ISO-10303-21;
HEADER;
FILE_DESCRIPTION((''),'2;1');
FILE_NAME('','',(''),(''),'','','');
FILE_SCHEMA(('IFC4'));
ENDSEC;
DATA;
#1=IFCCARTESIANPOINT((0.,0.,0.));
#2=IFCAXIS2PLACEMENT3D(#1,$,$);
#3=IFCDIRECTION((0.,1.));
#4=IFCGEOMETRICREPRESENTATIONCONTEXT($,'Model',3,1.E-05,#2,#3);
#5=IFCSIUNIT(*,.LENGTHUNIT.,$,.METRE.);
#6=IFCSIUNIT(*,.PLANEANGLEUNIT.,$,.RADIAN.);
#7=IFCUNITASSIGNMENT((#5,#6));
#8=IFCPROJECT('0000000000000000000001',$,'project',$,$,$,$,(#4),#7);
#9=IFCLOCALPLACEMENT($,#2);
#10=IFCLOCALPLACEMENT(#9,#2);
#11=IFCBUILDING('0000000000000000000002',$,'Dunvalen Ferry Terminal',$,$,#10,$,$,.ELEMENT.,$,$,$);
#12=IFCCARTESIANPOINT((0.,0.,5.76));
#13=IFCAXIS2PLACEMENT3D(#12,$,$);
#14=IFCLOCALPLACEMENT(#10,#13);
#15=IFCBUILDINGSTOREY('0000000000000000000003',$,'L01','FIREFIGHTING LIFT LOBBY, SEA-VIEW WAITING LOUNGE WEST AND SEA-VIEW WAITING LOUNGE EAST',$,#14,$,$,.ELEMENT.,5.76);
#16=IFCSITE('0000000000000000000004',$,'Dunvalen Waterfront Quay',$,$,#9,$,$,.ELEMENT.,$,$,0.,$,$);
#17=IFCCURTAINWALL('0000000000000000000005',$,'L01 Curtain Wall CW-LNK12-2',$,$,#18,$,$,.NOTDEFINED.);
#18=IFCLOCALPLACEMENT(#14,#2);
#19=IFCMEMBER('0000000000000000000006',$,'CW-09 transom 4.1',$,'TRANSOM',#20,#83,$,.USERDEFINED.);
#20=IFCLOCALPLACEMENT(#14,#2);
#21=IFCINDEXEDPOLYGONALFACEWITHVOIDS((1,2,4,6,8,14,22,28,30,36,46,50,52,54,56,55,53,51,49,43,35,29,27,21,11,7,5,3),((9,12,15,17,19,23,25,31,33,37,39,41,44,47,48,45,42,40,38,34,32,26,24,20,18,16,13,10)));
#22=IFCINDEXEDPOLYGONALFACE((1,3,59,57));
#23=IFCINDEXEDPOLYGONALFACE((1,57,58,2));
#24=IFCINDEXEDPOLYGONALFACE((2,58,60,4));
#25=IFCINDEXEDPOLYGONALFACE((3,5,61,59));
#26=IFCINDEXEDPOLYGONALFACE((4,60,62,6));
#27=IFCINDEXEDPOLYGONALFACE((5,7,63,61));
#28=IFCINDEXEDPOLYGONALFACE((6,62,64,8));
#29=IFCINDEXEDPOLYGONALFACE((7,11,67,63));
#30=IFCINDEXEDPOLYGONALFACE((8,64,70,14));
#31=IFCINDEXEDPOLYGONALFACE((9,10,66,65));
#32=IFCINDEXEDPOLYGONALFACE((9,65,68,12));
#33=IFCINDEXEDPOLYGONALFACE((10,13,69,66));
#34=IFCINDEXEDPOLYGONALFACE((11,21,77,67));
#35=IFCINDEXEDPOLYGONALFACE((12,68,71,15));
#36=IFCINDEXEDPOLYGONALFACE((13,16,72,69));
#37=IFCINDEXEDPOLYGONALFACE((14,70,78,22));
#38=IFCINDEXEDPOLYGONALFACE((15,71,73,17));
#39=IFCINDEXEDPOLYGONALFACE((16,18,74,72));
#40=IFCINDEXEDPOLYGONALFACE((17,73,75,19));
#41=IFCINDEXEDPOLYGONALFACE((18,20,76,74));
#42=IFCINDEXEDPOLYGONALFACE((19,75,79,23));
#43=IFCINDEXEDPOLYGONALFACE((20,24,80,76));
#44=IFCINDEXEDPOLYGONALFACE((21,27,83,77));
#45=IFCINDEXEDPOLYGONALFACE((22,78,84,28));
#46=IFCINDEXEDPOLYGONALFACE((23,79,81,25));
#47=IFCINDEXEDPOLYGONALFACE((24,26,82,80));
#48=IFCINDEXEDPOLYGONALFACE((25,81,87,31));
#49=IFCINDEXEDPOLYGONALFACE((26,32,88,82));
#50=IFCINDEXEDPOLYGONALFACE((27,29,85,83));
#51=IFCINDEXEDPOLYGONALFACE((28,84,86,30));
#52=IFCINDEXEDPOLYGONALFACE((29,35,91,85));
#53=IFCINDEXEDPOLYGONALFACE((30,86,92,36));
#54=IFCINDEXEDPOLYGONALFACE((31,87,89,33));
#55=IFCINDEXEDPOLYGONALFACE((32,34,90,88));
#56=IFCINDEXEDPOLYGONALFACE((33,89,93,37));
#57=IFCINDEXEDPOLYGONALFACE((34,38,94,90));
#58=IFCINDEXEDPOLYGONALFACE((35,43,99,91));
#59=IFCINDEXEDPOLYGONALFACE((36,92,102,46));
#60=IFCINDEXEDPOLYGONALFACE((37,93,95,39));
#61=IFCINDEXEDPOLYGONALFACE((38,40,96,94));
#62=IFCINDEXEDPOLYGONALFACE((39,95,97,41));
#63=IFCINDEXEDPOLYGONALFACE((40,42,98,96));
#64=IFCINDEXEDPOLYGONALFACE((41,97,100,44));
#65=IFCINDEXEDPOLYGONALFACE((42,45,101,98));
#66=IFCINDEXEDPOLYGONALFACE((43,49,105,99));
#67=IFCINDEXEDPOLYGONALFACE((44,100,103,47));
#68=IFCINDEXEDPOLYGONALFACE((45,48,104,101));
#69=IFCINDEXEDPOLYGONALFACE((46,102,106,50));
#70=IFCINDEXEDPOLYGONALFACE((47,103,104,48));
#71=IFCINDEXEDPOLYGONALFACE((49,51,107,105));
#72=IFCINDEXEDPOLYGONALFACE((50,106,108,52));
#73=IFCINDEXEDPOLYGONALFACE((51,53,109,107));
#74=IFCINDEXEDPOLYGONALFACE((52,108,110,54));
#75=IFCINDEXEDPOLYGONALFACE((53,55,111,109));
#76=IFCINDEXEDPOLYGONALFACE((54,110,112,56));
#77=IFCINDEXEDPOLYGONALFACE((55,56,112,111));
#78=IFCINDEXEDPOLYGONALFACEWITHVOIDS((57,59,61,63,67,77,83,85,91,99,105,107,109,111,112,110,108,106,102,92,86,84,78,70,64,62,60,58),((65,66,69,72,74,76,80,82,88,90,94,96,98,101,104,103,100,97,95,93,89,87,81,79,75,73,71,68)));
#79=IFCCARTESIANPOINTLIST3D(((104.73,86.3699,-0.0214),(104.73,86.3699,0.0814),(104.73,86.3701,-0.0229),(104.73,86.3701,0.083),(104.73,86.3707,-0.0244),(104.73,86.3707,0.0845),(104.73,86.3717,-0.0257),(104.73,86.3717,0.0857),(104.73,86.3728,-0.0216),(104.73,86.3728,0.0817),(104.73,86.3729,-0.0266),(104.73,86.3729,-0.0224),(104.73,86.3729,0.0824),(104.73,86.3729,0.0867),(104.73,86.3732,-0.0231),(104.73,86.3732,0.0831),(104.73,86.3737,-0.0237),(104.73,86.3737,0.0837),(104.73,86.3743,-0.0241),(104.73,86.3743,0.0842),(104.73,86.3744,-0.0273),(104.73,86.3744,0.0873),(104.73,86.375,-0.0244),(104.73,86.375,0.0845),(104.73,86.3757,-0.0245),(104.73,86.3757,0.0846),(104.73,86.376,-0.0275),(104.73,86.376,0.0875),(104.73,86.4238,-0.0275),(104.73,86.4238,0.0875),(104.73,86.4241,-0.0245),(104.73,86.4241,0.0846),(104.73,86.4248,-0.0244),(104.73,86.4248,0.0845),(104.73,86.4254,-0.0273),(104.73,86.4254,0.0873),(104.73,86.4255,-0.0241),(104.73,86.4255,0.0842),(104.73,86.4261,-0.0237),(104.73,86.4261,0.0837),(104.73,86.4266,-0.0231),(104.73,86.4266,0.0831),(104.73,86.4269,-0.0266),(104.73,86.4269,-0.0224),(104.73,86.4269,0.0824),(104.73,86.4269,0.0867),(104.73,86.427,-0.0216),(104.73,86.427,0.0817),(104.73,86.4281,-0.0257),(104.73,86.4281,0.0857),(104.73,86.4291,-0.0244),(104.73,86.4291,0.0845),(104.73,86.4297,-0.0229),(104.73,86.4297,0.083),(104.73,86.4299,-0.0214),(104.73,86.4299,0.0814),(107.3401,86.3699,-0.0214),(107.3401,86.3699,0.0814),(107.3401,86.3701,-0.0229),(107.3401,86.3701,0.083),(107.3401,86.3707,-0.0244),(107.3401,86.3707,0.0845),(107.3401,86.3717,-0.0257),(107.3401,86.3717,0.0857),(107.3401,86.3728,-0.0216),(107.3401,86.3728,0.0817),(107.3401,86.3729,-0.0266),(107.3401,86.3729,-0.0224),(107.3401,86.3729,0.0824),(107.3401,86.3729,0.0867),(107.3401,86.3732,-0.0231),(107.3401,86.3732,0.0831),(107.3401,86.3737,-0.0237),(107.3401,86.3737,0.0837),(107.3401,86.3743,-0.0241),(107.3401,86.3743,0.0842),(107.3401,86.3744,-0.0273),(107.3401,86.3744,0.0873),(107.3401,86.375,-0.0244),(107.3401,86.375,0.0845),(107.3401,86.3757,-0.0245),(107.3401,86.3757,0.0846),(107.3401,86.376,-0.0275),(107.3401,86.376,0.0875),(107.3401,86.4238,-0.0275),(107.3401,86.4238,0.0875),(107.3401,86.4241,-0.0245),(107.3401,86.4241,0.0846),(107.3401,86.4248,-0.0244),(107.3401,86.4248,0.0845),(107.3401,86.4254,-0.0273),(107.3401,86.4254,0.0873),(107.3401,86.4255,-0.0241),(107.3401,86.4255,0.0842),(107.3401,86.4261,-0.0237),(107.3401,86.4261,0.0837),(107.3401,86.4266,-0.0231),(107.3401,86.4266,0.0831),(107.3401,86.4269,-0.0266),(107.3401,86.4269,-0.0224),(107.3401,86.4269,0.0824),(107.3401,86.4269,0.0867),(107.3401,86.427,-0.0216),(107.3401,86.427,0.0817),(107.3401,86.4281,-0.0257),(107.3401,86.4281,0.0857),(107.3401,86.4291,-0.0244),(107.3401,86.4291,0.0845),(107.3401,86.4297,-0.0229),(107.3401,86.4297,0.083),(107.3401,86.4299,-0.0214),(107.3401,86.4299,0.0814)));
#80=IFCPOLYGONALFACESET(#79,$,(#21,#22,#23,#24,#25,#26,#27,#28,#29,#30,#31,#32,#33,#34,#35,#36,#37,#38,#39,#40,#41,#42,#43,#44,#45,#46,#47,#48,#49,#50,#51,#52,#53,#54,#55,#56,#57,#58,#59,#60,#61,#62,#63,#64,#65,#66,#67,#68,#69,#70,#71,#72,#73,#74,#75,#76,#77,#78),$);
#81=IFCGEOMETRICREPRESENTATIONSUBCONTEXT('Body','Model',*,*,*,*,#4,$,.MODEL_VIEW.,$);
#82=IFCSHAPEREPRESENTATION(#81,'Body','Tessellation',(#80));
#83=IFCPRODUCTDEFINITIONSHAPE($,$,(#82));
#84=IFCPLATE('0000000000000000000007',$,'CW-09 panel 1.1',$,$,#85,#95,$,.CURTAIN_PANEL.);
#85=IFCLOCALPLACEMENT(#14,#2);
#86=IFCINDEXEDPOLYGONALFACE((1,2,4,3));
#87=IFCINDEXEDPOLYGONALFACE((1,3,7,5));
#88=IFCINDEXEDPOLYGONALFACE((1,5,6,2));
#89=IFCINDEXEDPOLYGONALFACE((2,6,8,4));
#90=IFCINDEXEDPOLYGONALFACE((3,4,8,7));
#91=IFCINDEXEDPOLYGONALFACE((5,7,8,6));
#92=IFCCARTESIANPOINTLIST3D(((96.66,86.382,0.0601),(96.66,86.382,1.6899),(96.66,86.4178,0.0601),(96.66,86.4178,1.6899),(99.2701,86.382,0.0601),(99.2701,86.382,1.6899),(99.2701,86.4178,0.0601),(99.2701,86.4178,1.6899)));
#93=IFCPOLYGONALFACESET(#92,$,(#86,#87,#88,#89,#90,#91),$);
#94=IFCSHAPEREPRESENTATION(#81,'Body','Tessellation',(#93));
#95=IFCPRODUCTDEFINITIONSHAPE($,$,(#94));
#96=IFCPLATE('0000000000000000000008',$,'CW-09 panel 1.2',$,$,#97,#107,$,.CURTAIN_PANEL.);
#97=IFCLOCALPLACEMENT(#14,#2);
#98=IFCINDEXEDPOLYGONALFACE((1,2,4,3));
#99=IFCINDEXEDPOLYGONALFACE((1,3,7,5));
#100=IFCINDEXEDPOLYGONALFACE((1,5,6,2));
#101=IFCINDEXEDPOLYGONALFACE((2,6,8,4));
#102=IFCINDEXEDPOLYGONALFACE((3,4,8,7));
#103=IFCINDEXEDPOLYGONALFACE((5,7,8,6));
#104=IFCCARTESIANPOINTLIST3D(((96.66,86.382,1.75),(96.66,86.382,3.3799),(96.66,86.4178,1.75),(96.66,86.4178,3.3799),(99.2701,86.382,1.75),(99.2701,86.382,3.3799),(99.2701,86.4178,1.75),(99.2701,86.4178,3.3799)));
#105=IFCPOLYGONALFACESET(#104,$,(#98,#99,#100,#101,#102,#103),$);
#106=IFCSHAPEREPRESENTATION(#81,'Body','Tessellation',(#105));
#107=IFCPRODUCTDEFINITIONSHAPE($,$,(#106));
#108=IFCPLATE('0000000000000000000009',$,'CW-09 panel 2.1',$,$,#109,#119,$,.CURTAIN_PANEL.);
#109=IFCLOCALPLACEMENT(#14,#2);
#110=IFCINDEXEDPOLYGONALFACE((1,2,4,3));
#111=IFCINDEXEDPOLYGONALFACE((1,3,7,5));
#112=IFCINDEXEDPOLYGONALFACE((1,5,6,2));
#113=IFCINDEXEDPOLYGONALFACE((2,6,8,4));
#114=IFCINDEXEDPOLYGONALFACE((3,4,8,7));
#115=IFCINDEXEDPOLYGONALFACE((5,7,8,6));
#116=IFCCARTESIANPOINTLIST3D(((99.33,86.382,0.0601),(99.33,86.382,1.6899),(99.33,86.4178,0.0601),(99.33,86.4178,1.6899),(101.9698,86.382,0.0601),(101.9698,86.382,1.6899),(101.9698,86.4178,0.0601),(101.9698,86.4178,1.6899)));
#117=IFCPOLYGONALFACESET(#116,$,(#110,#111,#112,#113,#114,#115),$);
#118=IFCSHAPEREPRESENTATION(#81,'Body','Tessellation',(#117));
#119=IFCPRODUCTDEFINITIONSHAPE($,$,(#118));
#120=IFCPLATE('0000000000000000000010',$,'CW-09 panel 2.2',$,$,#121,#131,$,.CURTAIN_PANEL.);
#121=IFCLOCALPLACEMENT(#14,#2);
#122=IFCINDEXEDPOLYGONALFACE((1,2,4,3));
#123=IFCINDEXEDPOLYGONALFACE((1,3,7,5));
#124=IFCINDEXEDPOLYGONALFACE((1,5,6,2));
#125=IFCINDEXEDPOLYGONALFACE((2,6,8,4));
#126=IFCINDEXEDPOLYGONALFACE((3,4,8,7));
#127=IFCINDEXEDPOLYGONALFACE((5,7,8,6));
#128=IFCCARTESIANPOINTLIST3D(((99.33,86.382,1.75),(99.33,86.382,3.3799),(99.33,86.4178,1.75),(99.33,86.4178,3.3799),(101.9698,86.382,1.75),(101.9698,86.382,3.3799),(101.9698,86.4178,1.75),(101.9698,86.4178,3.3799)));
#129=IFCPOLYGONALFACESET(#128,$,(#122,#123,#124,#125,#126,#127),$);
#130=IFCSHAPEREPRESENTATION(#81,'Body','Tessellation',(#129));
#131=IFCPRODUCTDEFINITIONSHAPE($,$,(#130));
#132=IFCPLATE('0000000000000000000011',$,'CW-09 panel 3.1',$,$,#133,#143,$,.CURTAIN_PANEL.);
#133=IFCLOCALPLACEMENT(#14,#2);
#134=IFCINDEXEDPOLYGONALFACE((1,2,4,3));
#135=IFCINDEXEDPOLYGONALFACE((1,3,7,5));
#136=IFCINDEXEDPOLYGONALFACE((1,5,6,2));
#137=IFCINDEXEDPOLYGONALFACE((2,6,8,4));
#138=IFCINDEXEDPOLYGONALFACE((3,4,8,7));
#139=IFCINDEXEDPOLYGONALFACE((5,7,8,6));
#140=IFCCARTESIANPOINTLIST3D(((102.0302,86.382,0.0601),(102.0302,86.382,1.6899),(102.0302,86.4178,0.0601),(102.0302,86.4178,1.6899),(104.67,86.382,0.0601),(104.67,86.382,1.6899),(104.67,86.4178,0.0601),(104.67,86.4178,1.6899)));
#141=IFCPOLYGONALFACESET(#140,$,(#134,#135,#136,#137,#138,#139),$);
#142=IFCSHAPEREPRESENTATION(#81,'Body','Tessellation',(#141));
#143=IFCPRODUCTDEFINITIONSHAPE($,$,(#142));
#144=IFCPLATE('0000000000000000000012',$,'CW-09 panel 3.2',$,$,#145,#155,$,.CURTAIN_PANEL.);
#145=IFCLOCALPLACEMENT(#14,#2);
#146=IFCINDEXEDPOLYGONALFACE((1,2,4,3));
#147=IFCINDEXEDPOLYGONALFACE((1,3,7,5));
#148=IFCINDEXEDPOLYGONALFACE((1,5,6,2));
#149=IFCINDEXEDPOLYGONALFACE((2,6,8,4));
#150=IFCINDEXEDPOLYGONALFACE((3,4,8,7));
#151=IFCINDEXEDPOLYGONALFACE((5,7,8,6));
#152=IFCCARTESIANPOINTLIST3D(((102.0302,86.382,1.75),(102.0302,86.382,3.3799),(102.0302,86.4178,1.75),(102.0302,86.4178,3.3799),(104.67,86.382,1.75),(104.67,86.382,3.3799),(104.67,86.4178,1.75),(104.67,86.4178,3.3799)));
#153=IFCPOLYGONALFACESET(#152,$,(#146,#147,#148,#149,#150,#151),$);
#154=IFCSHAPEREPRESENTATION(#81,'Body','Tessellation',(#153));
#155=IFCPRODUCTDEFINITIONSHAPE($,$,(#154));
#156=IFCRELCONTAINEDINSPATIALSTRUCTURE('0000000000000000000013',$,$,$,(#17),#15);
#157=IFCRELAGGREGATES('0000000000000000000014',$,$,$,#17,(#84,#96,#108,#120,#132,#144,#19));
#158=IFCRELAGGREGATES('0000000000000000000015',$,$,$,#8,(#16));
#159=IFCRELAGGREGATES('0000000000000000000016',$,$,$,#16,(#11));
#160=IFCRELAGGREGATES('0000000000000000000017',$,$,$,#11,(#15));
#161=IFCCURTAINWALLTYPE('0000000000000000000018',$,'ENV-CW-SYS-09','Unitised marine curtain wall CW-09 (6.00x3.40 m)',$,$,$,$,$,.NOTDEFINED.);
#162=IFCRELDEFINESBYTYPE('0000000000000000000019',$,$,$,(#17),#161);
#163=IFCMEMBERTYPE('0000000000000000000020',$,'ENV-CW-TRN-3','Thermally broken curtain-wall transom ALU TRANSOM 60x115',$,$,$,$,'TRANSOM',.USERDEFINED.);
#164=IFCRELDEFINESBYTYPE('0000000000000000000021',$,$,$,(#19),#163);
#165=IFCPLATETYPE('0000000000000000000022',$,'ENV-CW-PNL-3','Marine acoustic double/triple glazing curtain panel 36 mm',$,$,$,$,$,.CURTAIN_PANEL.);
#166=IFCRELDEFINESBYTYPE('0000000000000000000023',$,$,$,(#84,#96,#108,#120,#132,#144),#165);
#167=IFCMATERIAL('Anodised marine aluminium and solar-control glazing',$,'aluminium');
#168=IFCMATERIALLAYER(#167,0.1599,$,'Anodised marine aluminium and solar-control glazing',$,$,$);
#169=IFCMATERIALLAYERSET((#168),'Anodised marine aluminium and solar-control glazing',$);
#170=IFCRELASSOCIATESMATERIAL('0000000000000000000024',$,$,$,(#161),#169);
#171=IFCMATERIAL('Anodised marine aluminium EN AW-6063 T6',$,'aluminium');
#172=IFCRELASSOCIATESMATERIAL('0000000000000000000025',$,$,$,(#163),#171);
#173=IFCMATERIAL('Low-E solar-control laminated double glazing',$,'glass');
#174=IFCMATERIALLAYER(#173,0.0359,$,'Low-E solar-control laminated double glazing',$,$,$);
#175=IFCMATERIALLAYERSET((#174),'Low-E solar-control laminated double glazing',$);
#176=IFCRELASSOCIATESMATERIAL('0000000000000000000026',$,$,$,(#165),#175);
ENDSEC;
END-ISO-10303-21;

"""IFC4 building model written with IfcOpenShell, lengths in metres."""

from ifc_helpers import new_model, si_unit, direction, frame, origin, origin_2d, place, context, subcontext, project, spatial, rectangle, hollow_rectangle, extrude, material, layer, layer_set, material_profile, profile_set, type_object, element, aggregate, save


model = new_model("IFC4")

# Units and contexts
model_context = context("Model", 3, precision=1e-05, world=origin(), true_north=direction((0.0, 1.0)))
body_context = subcontext(model_context, "Body", "Model", "MODEL_VIEW")
ifc_project = project(units=[si_unit("LENGTHUNIT", "METRE"), si_unit("PLANEANGLEUNIT", "RADIAN")], contexts=[model_context])

# Site, building, storey
site_placement = place(None, origin())
site = spatial("IfcSite", under=ifc_project, at=site_placement, Name="Dunvalen Waterfront Quay", CompositionType="ELEMENT", RefElevation=0.0)
building_placement = place(site_placement, origin())
building = spatial("IfcBuilding", under=site, at=building_placement, Name="Dunvalen Ferry Terminal", CompositionType="ELEMENT")
storey_placement = place(building_placement, frame((0.0, 0.0, 5.76)))
storey = spatial("IfcBuildingStorey", under=building, at=storey_placement, Name="L01", Description="FIREFIGHTING LIFT LOBBY, SEA-VIEW WAITING LOUNGE WEST AND SEA-VIEW WAITING LOUNGE EAST", CompositionType="ELEMENT", Elevation=5.76)

# Curtain wall, member, plates
ifc_material_1 = material(Name="Anodised marine aluminium and solar-control glazing", Category="aluminium")
ifc_layer_1 = layer(ifc_material_1, 0.1599, Name="Anodised marine aluminium and solar-control glazing")
ifc_layer_set_1 = layer_set([ifc_layer_1], Name="Anodised marine aluminium and solar-control glazing")
curtain_wall_type = type_object("IfcCurtainWallType", Name="ENV-CW-SYS-09", Description="Unitised marine curtain wall CW-09 (6.00x3.40 m)", PredefinedType="NOTDEFINED", material=ifc_layer_set_1)
curtain_wall_placement = place(storey_placement, origin())
curtain_wall = element("IfcCurtainWall", 1, at=curtain_wall_placement, inside=storey, type_object=curtain_wall_type, Name="L01 Curtain Wall CW-LNK12-2", PredefinedType="NOTDEFINED")
ifc_material_2 = material(Name="Anodised marine aluminium EN AW-6063 T6", Category="aluminium")
ifc_material_profile_1 = material_profile(ifc_material_2, hollow_rectangle(XDim=0.0601, YDim=0.115, WallThickness=0.0029, InnerFilletRadius=0.0029, OuterFilletRadius=0.0061, at=origin_2d()), Name="Anodised marine aluminium EN AW-6063 T6")
ifc_profile_set_1 = profile_set([ifc_material_profile_1], Name="Anodised marine aluminium EN AW-6063 T6")
member_type_1 = type_object("IfcMemberType", Name="ENV-CW-TRN-3", Description="Thermally broken curtain-wall transom ALU TRANSOM 60x115", ElementType="TRANSOM", PredefinedType="USERDEFINED", material=ifc_profile_set_1)
member_1_placement = place(storey_placement, frame((104.73, 86.3999, 0.03), z_axis=(1.0, 0.0, 0.0), x_axis=(0.0, 1.0, 0.0)))
member_1 = element("IfcMember", 2, at=member_1_placement, type_object=member_type_1, Name="CW-09 transom 4.1", ObjectType="TRANSOM", PredefinedType="USERDEFINED", context=body_context, shape_type="SweptSolid", body=[
    extrude(hollow_rectangle(XDim=0.0601, YDim=0.115, WallThickness=0.0029, InnerFilletRadius=0.0029, OuterFilletRadius=0.0061, at=origin_2d()), origin(), (0.0, 0.0, 1.0), 2.6101),
])
ifc_material_3 = material(Name="Low-E solar-control laminated double glazing", Category="glass")
ifc_layer_2 = layer(ifc_material_3, 0.0359, Name="Low-E solar-control laminated double glazing")
ifc_layer_set_2 = layer_set([ifc_layer_2], Name="Low-E solar-control laminated double glazing")
plate_type = type_object("IfcPlateType", Name="ENV-CW-PNL-3", Description="Marine acoustic double/triple glazing curtain panel 36 mm", PredefinedType="CURTAIN_PANEL", material=ifc_layer_set_2)
plate_1_placement = place(storey_placement, frame((97.9651, 86.3999, 0.0601), z_axis=(0.0, 0.0, 1.0), x_axis=(1.0, 0.0, 0.0)))
plate_1 = element("IfcPlate", 3, at=plate_1_placement, type_object=plate_type, Name="CW-09 panel 1.1", PredefinedType="CURTAIN_PANEL", context=body_context, shape_type="SweptSolid", body=[
    extrude(rectangle(XDim=2.6101, YDim=0.0359, at=origin_2d()), origin(), (0.0, 0.0, 1.0), 1.6299),
])
plate_2_placement = place(storey_placement, frame((97.9651, 86.3999, 1.75), z_axis=(0.0, 0.0, 1.0), x_axis=(1.0, 0.0, 0.0)))
plate_2 = element("IfcPlate", 4, at=plate_2_placement, type_object=plate_type, Name="CW-09 panel 1.2", PredefinedType="CURTAIN_PANEL", context=body_context, shape_type="SweptSolid", body=[
    extrude(rectangle(XDim=2.6101, YDim=0.0359, at=origin_2d()), origin(), (0.0, 0.0, 1.0), 1.6299),
])
plate_3_placement = place(storey_placement, frame((100.6499, 86.3999, 0.0601), z_axis=(0.0, 0.0, 1.0), x_axis=(1.0, 0.0, 0.0)))
plate_3 = element("IfcPlate", 5, at=plate_3_placement, type_object=plate_type, Name="CW-09 panel 2.1", PredefinedType="CURTAIN_PANEL", context=body_context, shape_type="SweptSolid", body=[
    extrude(rectangle(XDim=2.6399, YDim=0.0359, at=origin_2d()), origin(), (0.0, 0.0, 1.0), 1.6299),
])
plate_4_placement = place(storey_placement, frame((100.6499, 86.3999, 1.75), z_axis=(0.0, 0.0, 1.0), x_axis=(1.0, 0.0, 0.0)))
plate_4 = element("IfcPlate", 6, at=plate_4_placement, type_object=plate_type, Name="CW-09 panel 2.2", PredefinedType="CURTAIN_PANEL", context=body_context, shape_type="SweptSolid", body=[
    extrude(rectangle(XDim=2.6399, YDim=0.0359, at=origin_2d()), origin(), (0.0, 0.0, 1.0), 1.6299),
])
plate_5_placement = place(storey_placement, frame((103.3501, 86.3999, 0.0601), z_axis=(0.0, 0.0, 1.0), x_axis=(1.0, 0.0, 0.0)))
plate_5 = element("IfcPlate", 7, at=plate_5_placement, type_object=plate_type, Name="CW-09 panel 3.1", PredefinedType="CURTAIN_PANEL", context=body_context, shape_type="SweptSolid", body=[
    extrude(rectangle(XDim=2.6399, YDim=0.0359, at=origin_2d()), origin(), (0.0, 0.0, 1.0), 1.6299),
])
plate_6_placement = place(storey_placement, frame((103.3501, 86.3999, 1.75), z_axis=(0.0, 0.0, 1.0), x_axis=(1.0, 0.0, 0.0)))
plate_6 = element("IfcPlate", 8, at=plate_6_placement, type_object=plate_type, Name="CW-09 panel 3.2", PredefinedType="CURTAIN_PANEL", context=body_context, shape_type="SweptSolid", body=[
    extrude(rectangle(XDim=2.6399, YDim=0.0359, at=origin_2d()), origin(), (0.0, 0.0, 1.0), 1.6299),
])
aggregate(curtain_wall, [plate_1, plate_2, plate_3, plate_4, plate_5, plate_6, member_1])

save(model, "model.ifc")
